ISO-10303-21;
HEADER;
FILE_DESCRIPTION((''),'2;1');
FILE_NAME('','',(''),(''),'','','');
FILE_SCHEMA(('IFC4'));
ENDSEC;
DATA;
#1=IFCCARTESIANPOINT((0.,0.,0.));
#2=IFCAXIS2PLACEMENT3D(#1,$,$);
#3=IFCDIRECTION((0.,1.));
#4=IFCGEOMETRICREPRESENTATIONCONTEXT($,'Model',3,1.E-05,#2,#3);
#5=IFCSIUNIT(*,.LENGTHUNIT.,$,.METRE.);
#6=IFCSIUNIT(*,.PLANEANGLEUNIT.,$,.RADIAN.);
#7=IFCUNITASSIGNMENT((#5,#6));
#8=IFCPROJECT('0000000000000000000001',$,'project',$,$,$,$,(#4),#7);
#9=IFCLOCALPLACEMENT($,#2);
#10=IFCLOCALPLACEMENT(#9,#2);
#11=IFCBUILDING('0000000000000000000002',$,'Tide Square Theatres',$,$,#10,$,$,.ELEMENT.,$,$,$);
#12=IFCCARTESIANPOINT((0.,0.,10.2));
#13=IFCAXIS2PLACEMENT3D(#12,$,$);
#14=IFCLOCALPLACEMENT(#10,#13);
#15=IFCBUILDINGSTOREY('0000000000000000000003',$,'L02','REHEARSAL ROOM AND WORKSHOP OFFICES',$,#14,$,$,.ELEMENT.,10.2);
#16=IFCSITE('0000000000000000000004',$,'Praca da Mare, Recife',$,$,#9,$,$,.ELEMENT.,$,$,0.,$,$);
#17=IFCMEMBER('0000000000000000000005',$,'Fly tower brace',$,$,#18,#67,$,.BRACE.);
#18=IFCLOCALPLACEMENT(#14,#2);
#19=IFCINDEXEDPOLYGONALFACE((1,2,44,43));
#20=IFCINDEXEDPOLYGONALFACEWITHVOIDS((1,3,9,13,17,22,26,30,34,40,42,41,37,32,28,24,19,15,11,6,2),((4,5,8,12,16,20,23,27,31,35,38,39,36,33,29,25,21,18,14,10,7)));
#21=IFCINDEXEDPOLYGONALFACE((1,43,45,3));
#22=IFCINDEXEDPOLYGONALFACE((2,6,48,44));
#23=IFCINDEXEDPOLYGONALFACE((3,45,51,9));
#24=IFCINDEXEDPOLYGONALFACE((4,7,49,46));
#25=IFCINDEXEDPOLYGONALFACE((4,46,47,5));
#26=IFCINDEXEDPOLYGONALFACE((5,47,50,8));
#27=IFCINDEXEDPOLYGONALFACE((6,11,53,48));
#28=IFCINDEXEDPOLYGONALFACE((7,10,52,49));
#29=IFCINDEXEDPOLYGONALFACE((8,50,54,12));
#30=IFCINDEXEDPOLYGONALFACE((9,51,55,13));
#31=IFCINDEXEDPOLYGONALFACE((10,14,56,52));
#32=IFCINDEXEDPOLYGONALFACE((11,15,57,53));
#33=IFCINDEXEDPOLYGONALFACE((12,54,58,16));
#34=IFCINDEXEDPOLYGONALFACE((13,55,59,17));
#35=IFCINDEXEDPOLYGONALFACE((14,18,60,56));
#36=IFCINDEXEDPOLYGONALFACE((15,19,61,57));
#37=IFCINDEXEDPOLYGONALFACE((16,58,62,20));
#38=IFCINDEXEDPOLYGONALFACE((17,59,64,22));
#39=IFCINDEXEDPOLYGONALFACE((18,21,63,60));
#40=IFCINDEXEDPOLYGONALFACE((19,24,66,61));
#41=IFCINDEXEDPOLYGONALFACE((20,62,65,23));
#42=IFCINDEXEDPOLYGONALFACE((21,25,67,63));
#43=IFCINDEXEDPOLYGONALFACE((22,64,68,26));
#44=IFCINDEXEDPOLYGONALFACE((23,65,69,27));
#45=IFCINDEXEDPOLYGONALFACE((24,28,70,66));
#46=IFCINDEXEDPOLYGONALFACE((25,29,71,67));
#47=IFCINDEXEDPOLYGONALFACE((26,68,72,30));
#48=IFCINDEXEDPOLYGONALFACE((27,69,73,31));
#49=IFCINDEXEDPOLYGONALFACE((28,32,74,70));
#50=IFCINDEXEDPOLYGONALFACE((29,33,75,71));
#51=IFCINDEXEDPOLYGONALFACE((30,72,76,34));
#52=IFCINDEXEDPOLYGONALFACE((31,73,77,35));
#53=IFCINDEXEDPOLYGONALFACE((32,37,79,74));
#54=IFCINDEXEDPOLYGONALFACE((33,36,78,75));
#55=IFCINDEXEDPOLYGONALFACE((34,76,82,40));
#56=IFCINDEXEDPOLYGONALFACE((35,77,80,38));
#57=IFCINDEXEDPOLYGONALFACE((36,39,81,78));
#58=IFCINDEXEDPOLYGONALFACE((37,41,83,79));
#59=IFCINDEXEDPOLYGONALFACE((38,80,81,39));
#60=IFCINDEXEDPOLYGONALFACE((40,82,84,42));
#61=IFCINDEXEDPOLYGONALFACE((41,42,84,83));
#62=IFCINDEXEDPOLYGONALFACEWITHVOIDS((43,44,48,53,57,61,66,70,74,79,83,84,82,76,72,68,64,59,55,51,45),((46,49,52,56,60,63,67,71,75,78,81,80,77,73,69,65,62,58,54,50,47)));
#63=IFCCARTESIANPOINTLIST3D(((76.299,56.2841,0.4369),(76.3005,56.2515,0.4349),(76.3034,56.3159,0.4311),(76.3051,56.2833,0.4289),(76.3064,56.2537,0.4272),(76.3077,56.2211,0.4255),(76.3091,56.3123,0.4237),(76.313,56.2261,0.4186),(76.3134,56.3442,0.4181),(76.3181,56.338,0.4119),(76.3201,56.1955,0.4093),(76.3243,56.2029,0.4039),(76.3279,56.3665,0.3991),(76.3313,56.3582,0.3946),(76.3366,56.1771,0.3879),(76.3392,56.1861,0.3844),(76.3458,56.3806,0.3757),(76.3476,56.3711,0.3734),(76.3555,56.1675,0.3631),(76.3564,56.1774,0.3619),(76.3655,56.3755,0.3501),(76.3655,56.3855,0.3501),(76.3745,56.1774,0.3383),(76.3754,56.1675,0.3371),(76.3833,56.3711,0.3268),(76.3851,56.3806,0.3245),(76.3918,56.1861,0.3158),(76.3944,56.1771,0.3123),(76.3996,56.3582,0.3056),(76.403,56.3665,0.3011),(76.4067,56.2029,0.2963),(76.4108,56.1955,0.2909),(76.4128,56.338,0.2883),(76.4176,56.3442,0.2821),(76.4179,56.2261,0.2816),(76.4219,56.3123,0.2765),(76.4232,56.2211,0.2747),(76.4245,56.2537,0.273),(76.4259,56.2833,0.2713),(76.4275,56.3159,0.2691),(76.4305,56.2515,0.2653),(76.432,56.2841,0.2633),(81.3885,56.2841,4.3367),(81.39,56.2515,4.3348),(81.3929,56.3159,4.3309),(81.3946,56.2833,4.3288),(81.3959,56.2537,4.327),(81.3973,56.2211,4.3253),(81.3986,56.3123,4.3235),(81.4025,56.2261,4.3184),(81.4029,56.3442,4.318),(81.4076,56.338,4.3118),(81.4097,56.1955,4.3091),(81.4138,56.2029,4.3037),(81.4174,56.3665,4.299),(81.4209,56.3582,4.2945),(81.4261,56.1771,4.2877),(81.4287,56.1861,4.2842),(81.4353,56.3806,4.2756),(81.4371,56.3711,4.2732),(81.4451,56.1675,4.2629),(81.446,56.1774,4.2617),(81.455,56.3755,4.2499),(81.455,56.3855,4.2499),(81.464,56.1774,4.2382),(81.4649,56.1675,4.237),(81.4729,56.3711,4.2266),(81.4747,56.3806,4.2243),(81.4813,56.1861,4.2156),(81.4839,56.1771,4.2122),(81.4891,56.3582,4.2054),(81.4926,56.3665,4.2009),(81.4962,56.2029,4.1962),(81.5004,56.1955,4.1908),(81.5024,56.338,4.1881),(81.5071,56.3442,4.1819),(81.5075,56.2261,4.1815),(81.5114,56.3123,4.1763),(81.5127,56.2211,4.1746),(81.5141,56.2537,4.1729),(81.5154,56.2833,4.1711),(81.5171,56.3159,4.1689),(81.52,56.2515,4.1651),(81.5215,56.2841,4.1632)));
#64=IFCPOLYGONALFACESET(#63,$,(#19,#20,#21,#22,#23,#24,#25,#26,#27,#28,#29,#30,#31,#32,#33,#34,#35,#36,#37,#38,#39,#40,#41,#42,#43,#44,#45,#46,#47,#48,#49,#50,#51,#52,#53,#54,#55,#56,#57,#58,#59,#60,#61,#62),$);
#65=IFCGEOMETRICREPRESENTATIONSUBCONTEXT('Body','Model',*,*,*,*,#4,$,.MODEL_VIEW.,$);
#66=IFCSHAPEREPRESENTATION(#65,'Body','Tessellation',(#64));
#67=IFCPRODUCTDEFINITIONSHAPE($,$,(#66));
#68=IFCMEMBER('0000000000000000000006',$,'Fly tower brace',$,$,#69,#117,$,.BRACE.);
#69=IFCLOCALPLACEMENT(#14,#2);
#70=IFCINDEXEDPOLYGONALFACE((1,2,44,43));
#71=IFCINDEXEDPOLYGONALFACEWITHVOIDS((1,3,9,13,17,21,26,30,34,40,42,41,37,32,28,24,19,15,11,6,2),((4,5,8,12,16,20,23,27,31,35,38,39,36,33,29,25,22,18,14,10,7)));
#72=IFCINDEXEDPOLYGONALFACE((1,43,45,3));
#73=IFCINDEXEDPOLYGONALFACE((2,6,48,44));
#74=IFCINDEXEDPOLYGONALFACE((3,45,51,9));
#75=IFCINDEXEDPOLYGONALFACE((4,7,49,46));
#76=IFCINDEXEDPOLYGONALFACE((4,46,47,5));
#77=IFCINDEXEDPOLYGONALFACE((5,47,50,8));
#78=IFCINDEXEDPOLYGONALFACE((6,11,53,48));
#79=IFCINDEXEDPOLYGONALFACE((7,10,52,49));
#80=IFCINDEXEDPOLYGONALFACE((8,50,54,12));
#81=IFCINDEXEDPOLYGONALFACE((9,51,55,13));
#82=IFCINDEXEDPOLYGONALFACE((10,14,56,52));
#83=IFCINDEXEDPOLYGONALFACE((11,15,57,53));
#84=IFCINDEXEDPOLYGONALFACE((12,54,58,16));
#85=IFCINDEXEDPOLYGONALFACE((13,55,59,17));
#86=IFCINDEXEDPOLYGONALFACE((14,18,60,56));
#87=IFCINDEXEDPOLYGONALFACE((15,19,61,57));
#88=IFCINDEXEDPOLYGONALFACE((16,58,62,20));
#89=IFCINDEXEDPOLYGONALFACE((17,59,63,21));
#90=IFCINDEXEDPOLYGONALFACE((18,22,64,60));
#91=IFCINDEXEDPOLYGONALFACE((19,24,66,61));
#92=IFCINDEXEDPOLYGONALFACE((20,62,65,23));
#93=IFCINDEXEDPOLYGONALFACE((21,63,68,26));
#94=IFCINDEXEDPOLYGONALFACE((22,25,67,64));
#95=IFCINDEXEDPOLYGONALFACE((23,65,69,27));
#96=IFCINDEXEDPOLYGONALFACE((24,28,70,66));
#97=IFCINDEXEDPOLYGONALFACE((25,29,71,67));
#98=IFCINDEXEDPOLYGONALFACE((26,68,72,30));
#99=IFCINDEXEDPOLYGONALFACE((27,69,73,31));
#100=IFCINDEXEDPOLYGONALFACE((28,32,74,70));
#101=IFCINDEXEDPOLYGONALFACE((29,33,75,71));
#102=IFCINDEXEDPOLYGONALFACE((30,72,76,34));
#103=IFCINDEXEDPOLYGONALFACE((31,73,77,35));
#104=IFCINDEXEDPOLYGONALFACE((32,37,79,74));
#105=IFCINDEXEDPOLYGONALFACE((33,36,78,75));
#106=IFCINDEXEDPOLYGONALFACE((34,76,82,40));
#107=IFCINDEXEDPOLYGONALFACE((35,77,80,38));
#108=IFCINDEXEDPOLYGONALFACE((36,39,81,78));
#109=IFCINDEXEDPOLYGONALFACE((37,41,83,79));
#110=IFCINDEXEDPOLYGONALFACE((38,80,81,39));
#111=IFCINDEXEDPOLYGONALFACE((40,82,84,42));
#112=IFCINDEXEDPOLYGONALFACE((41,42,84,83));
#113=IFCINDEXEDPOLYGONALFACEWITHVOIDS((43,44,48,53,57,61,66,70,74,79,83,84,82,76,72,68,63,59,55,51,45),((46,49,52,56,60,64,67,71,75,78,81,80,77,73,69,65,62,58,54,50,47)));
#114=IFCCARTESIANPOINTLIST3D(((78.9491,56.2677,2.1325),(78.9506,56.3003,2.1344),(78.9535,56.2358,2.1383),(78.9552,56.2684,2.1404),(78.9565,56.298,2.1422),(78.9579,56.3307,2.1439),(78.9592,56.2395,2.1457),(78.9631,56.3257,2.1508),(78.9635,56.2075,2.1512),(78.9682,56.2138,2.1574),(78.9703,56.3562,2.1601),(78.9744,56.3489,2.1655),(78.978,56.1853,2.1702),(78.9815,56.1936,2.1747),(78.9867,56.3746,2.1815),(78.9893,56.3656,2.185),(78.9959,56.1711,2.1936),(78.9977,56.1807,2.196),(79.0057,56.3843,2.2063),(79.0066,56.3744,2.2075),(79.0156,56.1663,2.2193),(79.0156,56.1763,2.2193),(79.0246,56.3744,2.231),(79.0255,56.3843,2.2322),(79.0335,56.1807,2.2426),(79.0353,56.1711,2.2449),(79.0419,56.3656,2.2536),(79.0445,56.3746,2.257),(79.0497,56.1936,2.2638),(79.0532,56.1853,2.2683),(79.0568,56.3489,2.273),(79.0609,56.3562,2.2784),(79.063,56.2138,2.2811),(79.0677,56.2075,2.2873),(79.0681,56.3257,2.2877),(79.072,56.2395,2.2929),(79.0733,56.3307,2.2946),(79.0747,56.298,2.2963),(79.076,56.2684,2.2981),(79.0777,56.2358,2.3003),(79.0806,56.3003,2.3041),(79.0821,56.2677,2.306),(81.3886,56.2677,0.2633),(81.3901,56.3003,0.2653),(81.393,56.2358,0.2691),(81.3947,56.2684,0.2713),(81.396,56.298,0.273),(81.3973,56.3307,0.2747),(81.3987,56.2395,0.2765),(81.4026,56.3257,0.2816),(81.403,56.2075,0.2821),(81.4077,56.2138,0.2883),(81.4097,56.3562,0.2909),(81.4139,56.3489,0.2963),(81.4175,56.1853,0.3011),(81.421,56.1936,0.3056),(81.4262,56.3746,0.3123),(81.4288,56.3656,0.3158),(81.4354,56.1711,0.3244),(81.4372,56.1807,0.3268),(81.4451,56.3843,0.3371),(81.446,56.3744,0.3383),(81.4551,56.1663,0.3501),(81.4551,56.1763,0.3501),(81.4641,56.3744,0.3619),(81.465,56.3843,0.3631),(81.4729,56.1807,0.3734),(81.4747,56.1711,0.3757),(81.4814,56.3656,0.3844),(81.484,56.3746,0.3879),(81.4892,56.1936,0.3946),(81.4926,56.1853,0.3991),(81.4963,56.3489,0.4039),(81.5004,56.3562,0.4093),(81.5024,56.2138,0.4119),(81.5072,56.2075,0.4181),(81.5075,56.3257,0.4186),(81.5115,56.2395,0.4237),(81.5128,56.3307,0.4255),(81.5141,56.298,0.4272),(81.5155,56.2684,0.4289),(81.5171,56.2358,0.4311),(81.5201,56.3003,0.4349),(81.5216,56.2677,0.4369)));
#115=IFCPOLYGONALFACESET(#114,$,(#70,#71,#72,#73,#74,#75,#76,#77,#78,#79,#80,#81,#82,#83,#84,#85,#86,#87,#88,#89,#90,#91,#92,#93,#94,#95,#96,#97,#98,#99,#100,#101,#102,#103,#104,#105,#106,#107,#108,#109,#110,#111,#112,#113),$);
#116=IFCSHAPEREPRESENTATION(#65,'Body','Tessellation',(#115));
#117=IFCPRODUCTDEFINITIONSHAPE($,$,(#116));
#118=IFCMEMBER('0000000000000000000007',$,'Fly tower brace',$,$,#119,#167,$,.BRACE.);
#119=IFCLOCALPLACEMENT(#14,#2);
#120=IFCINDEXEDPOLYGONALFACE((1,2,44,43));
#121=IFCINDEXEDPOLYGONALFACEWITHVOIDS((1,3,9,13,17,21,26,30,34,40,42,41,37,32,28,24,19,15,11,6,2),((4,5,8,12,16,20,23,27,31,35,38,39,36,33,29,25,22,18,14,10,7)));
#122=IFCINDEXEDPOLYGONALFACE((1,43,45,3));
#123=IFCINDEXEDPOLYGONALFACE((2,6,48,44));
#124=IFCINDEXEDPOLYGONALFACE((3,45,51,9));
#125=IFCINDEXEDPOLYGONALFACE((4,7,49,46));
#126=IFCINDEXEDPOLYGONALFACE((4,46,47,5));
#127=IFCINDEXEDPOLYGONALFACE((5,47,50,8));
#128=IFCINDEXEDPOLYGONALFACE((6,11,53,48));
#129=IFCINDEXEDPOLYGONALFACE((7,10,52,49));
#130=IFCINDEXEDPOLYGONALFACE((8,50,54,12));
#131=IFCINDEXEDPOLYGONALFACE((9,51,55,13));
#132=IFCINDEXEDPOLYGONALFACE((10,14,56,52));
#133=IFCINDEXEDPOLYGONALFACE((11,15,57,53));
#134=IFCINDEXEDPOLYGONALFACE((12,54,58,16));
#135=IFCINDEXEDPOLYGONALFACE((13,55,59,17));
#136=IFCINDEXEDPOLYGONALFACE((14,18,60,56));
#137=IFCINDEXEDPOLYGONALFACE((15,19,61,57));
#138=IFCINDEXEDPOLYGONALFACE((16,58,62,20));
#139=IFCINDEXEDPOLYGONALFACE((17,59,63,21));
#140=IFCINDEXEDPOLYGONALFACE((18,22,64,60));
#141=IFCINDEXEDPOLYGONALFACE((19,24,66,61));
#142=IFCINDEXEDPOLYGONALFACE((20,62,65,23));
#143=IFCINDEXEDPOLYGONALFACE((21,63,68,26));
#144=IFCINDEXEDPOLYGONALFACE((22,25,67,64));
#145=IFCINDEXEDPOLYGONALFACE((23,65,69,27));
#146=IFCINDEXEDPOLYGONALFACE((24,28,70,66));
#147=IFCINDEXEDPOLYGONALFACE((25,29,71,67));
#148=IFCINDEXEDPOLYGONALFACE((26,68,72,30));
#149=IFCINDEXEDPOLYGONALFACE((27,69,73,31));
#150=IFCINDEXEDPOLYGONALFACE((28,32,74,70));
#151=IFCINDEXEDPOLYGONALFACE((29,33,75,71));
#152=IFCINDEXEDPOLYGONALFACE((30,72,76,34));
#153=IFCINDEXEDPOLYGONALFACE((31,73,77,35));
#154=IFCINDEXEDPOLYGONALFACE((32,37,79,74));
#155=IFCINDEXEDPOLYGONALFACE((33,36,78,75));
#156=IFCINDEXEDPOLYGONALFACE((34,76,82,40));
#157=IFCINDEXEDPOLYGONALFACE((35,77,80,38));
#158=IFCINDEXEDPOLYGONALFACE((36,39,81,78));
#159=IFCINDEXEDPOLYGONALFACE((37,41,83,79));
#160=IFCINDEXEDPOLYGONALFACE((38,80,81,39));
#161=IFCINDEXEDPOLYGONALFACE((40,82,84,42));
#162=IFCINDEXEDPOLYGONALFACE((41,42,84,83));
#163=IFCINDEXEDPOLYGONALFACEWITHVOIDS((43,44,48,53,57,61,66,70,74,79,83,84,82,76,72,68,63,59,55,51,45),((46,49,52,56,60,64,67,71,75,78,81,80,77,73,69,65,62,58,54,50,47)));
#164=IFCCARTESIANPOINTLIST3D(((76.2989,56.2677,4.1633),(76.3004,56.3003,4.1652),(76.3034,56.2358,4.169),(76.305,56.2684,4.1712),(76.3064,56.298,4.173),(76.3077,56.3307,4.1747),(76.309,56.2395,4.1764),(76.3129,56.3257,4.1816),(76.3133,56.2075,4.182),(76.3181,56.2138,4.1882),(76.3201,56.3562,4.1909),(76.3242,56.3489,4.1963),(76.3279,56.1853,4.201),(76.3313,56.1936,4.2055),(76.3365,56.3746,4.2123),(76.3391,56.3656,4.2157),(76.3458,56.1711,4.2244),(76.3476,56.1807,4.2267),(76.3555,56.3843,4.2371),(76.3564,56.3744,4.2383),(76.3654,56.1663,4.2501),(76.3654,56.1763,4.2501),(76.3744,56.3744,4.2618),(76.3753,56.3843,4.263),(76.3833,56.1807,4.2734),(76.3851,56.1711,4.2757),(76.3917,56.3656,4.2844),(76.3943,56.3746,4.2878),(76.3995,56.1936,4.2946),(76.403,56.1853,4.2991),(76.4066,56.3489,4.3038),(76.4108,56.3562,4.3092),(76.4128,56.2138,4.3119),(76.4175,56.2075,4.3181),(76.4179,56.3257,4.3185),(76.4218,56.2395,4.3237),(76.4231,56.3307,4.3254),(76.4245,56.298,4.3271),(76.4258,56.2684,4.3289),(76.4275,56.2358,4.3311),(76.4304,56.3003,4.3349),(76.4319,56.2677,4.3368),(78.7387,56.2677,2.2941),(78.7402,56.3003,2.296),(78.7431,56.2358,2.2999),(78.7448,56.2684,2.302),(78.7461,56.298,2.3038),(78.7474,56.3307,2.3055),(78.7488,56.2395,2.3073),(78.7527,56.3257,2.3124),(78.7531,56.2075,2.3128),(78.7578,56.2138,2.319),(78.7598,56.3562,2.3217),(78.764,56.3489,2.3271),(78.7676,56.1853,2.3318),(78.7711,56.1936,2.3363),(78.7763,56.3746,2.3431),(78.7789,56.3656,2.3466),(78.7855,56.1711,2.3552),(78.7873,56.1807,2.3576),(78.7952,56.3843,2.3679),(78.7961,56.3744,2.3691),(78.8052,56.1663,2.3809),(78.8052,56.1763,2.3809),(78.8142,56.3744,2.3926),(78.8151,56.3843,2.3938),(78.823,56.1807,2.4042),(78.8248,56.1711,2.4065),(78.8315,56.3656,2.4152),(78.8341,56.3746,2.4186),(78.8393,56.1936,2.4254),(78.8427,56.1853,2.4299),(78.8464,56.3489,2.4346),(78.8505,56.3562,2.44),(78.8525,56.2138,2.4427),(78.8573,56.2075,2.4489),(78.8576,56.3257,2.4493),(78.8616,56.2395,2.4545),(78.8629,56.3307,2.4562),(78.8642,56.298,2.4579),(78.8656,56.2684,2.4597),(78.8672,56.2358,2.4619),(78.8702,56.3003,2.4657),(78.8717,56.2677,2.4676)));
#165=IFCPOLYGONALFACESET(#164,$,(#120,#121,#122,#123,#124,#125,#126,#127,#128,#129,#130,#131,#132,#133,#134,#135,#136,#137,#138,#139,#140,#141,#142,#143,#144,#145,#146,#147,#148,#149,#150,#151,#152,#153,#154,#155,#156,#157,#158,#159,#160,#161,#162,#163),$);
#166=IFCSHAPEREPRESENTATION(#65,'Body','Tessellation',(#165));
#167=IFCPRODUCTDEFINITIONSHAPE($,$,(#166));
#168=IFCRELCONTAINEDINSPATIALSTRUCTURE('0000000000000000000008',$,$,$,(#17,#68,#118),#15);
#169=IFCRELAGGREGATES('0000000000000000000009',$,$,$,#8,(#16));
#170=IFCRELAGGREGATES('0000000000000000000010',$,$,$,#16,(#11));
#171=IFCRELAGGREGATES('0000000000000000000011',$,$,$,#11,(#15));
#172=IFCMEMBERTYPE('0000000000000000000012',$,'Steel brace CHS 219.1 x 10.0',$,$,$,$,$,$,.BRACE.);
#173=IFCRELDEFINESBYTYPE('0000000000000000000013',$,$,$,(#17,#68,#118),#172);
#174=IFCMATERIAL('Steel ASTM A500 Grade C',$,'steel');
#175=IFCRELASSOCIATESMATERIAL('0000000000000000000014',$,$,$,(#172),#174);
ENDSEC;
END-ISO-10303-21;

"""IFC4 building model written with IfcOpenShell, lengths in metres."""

from ifc_helpers import new_model, si_unit, direction, frame, origin, origin_2d, place, context, subcontext, project, spatial, hollow_circle, extrude, material, material_profile, profile_set, type_object, element, save


model = new_model("IFC4")

# Units and contexts
model_context = context("Model", 3, precision=1e-05, world=origin(), true_north=direction((0.0, 1.0)))
body_context = subcontext(model_context, "Body", "Model", "MODEL_VIEW")
ifc_project = project(units=[si_unit("LENGTHUNIT", "METRE"), si_unit("PLANEANGLEUNIT", "RADIAN")], contexts=[model_context])

# Site, building, storey
site_placement = place(None, origin())
site = spatial("IfcSite", under=ifc_project, at=site_placement, Name="Praca da Mare, Recife", CompositionType="ELEMENT", RefElevation=0.0)
building_placement = place(site_placement, origin())
building = spatial("IfcBuilding", under=site, at=building_placement, Name="Tide Square Theatres", CompositionType="ELEMENT")
storey_placement = place(building_placement, frame((0.0, 0.0, 10.2)))
storey = spatial("IfcBuildingStorey", under=building, at=storey_placement, Name="L02", Description="REHEARSAL ROOM AND WORKSHOP OFFICES", CompositionType="ELEMENT", Elevation=10.2)

# Members
ifc_material_1 = material(Name="Steel ASTM A500 Grade C", Category="steel")
ifc_material_profile_1 = material_profile(ifc_material_1, hollow_circle(Radius=0.1096, WallThickness=0.01, at=origin_2d()))
ifc_profile_set_1 = profile_set([ifc_material_profile_1], Name="Steel ASTM A500 Grade C")
member_type = type_object("IfcMemberType", Name="Steel brace CHS 219.1 x 10.0", PredefinedType="BRACE", material=ifc_profile_set_1)
member_1_placement = place(storey_placement, frame((76.3655, 56.2759, 0.3501), z_axis=(0.793766, 0.0, 0.608223), x_axis=(0.0, 1.0, 0.0)))
element("IfcMember", 1, at=member_1_placement, inside=storey, type_object=member_type, Name="Fly tower brace", PredefinedType="BRACE", context=body_context, shape_type="SweptSolid", body=[
    extrude(hollow_circle(Radius=0.1096, WallThickness=0.01, at=origin_2d()), origin(), (0.0, 0.0, 1.0), 6.4119),
])
member_2_placement = place(storey_placement, frame((81.4551, 56.2759, 0.3501), z_axis=(-0.79378, 0.0, 0.608205), x_axis=(0.0, -1.0, 0.0)))
element("IfcMember", 2, at=member_2_placement, inside=storey, type_object=member_type, Name="Fly tower brace", PredefinedType="BRACE", context=body_context, shape_type="SweptSolid", body=[
    extrude(hollow_circle(Radius=0.1096, WallThickness=0.01, at=origin_2d()), origin(), (0.0, 0.0, 1.0), 3.0732),
])
member_3_placement = place(storey_placement, frame((78.8052, 56.2759, 2.3809), z_axis=(-0.79381, 0.0, 0.608166), x_axis=(0.0, -1.0, 0.0)))
element("IfcMember", 3, at=member_3_placement, inside=storey, type_object=member_type, Name="Fly tower brace", PredefinedType="BRACE", context=body_context, shape_type="SweptSolid", body=[
    extrude(hollow_circle(Radius=0.1096, WallThickness=0.01, at=origin_2d()), origin(), (0.0, 0.0, 1.0), 3.0735),
])

save(model, "model.ifc")
